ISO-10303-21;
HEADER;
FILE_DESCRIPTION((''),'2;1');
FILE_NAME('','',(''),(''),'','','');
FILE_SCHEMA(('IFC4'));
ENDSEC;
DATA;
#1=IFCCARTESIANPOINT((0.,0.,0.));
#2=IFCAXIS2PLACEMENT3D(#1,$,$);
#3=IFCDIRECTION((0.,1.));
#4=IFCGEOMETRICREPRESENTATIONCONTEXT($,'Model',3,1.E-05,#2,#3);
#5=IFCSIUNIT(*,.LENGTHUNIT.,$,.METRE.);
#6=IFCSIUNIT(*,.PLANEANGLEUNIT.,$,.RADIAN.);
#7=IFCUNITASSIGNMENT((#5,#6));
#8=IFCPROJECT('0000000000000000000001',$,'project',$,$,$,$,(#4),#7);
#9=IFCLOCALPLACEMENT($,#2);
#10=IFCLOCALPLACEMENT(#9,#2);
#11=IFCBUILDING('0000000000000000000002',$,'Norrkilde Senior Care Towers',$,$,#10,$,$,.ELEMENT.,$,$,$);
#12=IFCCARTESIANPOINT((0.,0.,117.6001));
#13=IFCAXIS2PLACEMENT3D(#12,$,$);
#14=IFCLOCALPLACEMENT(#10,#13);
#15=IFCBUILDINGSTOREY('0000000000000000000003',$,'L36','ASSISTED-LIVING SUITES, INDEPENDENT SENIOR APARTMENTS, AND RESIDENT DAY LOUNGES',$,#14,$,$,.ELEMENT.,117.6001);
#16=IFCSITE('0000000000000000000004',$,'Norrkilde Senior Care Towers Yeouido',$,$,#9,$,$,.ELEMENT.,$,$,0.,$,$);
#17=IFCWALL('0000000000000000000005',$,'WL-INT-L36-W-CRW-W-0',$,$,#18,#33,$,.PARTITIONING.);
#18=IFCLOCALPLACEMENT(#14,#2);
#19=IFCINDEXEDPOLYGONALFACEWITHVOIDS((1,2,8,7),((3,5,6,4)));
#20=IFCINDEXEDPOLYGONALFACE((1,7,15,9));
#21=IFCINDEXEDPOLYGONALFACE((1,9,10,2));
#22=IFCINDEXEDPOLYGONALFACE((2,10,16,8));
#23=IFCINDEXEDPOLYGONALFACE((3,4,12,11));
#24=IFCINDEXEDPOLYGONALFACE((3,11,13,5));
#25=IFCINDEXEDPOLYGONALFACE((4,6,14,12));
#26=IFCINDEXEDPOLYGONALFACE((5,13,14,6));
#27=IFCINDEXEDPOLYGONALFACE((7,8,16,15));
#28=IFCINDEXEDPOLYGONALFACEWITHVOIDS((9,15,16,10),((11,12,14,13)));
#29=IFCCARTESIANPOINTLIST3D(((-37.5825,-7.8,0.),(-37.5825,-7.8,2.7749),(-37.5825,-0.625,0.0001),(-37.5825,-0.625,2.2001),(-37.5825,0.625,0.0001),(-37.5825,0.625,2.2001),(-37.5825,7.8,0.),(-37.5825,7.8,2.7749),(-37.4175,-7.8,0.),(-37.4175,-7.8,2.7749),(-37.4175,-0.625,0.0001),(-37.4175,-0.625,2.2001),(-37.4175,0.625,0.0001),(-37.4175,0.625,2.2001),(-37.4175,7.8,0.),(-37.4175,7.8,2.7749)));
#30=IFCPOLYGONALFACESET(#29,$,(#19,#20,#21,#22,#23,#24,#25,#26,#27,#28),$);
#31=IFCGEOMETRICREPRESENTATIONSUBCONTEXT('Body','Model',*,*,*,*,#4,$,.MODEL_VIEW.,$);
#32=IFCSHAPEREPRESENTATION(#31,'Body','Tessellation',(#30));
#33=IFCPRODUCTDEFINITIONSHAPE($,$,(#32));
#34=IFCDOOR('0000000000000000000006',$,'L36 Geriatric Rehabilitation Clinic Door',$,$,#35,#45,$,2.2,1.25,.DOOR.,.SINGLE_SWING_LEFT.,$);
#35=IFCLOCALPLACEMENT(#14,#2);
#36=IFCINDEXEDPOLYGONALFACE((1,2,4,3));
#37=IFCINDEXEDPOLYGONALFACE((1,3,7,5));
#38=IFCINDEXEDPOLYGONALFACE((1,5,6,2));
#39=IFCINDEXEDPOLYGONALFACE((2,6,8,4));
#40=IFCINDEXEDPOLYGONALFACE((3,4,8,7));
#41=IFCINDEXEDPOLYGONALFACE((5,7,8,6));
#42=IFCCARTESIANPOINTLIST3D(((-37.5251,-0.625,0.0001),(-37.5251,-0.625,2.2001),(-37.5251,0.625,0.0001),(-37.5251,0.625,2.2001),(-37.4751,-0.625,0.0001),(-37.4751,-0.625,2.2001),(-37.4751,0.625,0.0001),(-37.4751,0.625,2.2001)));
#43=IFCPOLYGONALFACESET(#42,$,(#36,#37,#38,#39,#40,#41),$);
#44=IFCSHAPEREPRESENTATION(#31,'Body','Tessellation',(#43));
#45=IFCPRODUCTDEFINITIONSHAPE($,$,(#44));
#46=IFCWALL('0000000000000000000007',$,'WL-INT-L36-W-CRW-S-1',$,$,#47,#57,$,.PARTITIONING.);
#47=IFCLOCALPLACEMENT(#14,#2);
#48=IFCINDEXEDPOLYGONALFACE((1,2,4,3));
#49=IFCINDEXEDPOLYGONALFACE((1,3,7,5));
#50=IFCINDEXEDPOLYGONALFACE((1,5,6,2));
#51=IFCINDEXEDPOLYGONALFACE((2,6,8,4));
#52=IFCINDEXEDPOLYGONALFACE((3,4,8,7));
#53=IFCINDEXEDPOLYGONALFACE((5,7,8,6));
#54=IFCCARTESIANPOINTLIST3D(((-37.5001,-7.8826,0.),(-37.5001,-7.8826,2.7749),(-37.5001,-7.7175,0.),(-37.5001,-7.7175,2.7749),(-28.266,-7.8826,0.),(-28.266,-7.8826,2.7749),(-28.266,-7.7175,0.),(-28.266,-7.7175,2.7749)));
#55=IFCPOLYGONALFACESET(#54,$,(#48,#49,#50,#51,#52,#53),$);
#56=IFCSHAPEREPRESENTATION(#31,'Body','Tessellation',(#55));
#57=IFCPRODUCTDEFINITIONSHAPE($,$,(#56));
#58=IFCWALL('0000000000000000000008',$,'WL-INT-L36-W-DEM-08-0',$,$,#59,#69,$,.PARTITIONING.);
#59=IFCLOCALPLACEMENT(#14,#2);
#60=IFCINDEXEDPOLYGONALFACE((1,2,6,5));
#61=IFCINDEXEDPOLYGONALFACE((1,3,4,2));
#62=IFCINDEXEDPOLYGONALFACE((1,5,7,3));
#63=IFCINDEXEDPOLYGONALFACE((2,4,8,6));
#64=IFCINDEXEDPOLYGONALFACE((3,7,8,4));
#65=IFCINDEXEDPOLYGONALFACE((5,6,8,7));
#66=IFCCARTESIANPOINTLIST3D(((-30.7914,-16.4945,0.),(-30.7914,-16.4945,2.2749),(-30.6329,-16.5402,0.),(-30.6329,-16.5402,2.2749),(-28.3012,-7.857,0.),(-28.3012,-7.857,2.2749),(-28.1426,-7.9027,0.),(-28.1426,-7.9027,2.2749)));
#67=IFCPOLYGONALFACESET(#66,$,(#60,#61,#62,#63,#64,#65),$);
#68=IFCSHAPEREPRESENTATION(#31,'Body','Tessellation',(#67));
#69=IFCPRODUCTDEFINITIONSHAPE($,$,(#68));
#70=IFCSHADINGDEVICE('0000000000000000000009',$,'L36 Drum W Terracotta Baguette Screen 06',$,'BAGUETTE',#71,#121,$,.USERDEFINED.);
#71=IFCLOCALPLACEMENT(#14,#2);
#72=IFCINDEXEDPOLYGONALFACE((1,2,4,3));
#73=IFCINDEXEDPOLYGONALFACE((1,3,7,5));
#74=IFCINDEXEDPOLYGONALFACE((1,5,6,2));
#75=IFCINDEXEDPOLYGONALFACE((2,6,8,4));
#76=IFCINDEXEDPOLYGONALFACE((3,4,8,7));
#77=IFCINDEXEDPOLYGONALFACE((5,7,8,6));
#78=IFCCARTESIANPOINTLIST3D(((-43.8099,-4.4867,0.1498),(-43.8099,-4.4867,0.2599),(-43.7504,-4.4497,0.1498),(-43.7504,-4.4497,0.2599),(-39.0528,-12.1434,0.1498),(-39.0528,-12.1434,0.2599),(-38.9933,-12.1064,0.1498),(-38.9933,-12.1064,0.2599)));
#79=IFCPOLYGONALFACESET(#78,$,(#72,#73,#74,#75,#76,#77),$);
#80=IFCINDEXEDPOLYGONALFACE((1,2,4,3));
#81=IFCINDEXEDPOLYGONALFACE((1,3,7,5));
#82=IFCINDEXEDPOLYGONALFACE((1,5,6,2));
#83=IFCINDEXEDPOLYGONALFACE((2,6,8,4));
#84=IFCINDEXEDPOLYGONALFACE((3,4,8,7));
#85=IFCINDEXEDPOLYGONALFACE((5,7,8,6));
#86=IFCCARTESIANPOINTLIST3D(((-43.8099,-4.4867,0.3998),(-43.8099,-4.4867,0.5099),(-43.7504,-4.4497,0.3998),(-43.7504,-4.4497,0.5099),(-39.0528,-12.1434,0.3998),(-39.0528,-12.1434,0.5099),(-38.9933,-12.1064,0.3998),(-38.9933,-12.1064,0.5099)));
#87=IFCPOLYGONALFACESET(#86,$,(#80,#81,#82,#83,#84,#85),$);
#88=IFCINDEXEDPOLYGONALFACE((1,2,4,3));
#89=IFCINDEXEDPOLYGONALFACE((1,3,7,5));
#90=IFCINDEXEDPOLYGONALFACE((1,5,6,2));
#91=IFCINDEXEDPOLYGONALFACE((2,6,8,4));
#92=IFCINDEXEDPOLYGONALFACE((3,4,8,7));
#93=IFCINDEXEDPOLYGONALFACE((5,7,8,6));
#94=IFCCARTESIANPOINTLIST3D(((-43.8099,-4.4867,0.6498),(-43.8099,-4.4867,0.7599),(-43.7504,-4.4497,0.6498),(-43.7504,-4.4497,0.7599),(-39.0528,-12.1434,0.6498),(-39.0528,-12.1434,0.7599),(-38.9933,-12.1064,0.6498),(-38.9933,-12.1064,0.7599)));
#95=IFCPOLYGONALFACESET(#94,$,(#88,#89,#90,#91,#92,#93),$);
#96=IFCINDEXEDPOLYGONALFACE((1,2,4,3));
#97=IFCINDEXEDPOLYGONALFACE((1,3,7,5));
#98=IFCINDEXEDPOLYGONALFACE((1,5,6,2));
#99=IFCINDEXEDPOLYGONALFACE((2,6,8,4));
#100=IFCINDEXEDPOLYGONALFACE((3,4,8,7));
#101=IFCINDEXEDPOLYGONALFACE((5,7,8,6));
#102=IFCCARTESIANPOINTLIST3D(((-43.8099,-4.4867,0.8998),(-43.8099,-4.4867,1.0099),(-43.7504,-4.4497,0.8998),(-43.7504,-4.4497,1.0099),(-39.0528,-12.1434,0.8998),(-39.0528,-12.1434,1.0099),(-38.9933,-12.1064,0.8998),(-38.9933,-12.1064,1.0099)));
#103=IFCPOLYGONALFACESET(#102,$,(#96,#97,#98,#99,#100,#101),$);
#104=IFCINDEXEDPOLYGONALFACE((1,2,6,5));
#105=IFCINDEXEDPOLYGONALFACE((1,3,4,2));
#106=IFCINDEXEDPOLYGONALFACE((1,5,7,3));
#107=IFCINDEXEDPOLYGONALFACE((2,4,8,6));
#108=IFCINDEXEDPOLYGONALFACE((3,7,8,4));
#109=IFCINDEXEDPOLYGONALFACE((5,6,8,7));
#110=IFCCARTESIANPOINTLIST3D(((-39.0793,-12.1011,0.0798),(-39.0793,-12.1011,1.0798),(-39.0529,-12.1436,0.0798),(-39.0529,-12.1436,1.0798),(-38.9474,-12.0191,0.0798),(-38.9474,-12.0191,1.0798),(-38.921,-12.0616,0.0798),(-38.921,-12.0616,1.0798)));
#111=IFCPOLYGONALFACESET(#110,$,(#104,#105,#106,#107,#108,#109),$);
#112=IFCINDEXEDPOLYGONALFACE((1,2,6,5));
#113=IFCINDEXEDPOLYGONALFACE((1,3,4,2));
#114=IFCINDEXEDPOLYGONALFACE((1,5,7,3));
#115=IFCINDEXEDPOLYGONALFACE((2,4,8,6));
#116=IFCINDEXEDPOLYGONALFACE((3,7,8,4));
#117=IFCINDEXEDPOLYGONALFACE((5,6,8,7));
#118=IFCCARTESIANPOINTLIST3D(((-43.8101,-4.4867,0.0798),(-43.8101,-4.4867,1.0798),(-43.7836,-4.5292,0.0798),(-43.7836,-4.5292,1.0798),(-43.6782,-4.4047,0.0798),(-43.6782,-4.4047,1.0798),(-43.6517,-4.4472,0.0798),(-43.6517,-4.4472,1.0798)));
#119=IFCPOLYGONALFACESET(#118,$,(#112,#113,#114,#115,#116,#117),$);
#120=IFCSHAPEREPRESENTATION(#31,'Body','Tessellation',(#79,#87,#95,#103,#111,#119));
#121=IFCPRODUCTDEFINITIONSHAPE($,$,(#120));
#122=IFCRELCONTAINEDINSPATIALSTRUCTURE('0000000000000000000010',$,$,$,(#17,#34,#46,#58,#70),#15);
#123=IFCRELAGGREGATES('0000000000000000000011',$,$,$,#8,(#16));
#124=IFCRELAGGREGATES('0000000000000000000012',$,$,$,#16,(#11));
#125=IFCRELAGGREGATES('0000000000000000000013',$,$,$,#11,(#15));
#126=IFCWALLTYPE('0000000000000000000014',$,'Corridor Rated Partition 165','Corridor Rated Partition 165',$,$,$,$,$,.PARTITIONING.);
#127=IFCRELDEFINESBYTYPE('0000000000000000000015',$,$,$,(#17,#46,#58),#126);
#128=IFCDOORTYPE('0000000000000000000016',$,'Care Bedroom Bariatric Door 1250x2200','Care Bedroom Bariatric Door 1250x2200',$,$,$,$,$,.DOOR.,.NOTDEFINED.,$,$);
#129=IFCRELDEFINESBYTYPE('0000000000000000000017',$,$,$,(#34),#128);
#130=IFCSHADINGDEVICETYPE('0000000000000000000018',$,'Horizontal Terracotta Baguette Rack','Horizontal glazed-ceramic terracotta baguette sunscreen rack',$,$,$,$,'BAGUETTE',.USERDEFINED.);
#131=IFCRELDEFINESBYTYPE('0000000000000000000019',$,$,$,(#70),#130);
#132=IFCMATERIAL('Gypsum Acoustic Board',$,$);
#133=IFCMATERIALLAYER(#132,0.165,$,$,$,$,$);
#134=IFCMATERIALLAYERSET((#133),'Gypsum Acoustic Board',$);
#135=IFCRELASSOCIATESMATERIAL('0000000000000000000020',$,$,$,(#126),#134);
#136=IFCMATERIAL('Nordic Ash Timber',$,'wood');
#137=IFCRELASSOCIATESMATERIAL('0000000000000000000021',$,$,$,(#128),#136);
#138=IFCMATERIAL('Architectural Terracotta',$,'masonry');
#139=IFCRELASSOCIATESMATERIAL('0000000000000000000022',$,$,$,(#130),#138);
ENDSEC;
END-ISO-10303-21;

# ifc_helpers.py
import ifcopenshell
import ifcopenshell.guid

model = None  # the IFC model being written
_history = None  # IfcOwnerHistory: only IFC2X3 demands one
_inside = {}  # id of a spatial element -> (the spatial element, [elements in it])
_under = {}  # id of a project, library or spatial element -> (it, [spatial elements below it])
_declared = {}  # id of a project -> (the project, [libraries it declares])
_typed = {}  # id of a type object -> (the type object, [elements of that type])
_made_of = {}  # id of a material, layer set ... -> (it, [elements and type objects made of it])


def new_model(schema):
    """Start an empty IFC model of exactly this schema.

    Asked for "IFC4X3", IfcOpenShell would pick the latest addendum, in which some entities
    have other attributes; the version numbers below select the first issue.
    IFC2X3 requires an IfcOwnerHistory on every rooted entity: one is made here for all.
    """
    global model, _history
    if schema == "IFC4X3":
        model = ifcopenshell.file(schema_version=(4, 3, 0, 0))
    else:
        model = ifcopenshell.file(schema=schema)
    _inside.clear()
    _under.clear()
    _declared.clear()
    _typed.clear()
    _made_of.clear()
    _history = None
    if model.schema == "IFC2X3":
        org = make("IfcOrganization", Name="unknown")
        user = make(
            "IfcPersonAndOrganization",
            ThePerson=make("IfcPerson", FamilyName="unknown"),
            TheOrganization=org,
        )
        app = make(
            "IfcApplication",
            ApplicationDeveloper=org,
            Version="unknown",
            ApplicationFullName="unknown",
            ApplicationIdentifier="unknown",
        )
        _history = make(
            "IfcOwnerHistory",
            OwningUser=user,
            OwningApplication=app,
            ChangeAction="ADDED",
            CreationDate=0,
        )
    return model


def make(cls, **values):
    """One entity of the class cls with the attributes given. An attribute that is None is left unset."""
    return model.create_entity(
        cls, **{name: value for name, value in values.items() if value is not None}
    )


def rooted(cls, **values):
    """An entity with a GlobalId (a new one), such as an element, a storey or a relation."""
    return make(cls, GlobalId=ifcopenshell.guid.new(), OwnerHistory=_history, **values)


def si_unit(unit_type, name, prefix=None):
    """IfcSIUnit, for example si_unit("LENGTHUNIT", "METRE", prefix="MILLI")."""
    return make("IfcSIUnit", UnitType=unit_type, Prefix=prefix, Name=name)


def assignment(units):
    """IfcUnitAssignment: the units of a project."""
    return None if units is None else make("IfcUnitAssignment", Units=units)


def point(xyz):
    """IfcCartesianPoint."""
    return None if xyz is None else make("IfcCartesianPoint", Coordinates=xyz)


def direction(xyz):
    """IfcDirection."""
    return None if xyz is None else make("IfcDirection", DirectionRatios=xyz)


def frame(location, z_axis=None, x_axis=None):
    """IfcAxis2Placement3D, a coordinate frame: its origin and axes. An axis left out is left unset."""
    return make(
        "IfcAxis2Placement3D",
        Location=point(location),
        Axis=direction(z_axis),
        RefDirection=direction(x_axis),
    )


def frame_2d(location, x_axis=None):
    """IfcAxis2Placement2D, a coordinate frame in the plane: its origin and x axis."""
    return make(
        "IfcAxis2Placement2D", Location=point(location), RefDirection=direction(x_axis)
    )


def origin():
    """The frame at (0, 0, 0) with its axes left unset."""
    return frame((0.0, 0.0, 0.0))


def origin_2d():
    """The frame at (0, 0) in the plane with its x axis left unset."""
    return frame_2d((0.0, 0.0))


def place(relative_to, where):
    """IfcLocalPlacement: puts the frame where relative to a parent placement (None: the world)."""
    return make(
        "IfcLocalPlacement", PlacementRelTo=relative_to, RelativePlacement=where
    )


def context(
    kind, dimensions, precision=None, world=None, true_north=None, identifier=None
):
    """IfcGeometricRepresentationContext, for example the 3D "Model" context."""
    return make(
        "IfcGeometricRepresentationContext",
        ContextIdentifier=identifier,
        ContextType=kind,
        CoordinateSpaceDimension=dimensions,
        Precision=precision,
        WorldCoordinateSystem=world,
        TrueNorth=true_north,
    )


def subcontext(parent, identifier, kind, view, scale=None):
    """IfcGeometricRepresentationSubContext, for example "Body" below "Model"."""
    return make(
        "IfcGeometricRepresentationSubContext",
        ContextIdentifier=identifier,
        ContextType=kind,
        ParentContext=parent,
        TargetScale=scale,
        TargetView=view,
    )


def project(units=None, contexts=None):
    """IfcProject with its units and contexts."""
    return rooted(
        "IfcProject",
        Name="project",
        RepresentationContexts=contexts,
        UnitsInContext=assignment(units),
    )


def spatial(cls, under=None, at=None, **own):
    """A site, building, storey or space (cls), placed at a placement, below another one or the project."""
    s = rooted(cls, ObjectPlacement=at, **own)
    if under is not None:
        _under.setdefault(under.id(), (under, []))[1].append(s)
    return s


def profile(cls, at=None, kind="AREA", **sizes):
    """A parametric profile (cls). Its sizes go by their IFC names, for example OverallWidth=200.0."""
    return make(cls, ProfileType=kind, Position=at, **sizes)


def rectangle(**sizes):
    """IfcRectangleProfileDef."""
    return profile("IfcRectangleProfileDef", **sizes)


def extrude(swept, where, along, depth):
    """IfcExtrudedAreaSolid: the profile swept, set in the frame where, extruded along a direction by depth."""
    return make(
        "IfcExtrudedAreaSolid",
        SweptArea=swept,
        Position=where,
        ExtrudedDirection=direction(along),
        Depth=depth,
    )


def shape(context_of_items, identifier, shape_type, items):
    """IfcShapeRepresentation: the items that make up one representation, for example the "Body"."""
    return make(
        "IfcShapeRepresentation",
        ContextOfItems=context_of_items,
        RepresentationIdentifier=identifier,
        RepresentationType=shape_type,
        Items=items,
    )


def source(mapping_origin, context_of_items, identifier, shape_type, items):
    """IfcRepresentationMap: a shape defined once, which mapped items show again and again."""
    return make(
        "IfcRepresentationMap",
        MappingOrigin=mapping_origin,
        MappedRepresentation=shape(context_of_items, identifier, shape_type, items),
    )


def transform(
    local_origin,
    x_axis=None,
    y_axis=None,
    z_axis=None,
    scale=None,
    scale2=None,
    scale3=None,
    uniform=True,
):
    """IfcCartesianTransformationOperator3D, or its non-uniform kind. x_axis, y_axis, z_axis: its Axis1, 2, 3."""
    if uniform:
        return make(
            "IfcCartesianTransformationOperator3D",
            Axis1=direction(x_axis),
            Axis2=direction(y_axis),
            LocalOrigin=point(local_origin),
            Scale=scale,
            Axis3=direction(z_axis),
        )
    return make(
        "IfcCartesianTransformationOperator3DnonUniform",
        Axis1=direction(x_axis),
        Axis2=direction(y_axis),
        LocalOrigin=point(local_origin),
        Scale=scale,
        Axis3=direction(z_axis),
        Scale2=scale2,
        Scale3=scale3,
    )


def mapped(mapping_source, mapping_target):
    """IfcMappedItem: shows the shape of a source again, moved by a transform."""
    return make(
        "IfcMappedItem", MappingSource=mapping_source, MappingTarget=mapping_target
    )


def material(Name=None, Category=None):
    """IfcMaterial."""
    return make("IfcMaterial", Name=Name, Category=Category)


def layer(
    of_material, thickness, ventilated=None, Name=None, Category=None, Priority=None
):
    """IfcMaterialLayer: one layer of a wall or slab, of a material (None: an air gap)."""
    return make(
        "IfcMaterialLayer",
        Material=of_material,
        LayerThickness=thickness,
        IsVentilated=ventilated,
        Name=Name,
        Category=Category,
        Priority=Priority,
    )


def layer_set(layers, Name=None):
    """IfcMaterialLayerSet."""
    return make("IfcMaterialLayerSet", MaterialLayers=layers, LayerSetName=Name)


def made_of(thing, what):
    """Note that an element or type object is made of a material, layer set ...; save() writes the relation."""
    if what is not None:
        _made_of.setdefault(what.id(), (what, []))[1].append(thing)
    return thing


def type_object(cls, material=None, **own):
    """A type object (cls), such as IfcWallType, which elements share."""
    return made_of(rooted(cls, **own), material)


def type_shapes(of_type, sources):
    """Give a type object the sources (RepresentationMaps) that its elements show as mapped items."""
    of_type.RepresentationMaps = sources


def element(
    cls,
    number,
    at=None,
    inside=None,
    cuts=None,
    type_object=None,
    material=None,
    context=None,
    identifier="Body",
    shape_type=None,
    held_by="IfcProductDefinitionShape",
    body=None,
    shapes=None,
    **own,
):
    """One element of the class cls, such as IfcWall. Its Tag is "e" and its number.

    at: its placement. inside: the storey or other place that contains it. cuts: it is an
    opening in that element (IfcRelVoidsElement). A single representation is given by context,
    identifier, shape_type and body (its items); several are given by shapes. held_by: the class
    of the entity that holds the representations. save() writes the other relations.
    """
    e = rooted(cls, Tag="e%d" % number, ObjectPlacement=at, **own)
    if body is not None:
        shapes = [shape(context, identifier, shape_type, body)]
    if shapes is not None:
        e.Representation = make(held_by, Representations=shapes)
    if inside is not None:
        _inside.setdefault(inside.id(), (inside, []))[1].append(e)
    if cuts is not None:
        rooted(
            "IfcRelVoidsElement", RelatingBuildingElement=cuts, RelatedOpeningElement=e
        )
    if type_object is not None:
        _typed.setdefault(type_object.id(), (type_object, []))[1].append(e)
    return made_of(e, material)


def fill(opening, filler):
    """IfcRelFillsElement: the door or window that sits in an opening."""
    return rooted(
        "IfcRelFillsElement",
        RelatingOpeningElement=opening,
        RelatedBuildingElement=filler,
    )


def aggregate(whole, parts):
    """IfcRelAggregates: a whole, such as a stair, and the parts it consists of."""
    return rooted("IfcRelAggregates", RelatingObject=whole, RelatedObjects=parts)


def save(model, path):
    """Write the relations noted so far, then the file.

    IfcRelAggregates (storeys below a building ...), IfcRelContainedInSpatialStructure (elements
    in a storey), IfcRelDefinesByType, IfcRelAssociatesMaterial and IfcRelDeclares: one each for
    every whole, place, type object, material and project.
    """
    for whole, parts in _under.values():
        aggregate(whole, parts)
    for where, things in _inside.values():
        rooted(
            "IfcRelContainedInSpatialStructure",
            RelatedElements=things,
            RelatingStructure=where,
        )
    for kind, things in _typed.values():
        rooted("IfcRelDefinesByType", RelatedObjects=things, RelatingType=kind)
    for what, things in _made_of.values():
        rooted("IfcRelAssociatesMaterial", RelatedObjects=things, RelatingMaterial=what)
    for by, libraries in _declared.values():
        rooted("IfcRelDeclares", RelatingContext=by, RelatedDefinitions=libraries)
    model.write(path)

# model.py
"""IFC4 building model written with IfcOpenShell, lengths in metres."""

from ifc_helpers import new_model, si_unit, direction, frame, frame_2d, origin, origin_2d, place, context, subcontext, project, spatial, rectangle, extrude, source, transform, mapped, material, layer, layer_set, type_object, type_shapes, element, fill, save


model = new_model("IFC4")

# Units and contexts
model_context = context("Model", 3, precision=1e-05, world=origin(), true_north=direction((0.0, 1.0)))
body_context = subcontext(model_context, "Body", "Model", "MODEL_VIEW")
ifc_project = project(units=[si_unit("LENGTHUNIT", "METRE"), si_unit("PLANEANGLEUNIT", "RADIAN")], contexts=[model_context])

# Site, building, storey
site_placement = place(None, origin())
site = spatial("IfcSite", under=ifc_project, at=site_placement, Name="Norrkilde Senior Care Towers Yeouido", CompositionType="ELEMENT", RefElevation=0.0)
building_placement = place(site_placement, origin())
building = spatial("IfcBuilding", under=site, at=building_placement, Name="Norrkilde Senior Care Towers", CompositionType="ELEMENT")
storey_placement = place(building_placement, frame((0.0, 0.0, 117.6001)))
storey = spatial("IfcBuildingStorey", under=building, at=storey_placement, Name="L36", Description="ASSISTED-LIVING SUITES, INDEPENDENT SENIOR APARTMENTS, AND RESIDENT DAY LOUNGES", CompositionType="ELEMENT", Elevation=117.6001)

# Wall, opening, door
ifc_material_1 = material(Name="Gypsum Acoustic Board")
ifc_layer_1 = layer(ifc_material_1, 0.165)
ifc_layer_set_1 = layer_set([ifc_layer_1], Name="Gypsum Acoustic Board")
wall_type = type_object("IfcWallType", Name="Corridor Rated Partition 165", Description="Corridor Rated Partition 165", PredefinedType="PARTITIONING", material=ifc_layer_set_1)
shared_shape_1 = source(origin(), body_context, "Body", "SweptSolid", [
    extrude(rectangle(XDim=15.6001, YDim=0.165, at=frame_2d((7.8, 0.0))), origin(), (0.0, 0.0, 1.0), 2.7749),
])
wall_1_placement = place(storey_placement, frame((-37.5, -7.8, 0.0), z_axis=(0.0, 0.0, 1.0), x_axis=(0.0, 1.0, 0.0)))
wall_1 = element("IfcWall", 1, at=wall_1_placement, inside=storey, type_object=wall_type, Name="WL-INT-L36-W-CRW-W-0", PredefinedType="PARTITIONING", context=body_context, shape_type="MappedRepresentation", body=[
    mapped(shared_shape_1, transform((0.0, 0.0, 0.0), x_axis=(1.0, 0.0, 0.0), y_axis=(0.0, 1.0, 0.0), z_axis=(0.0, 0.0, 1.0), scale=1.0)),
])
opening_placement = place(wall_1_placement, frame((7.175, 0.0, 0.0)))
opening = element("IfcOpeningElement", 2, at=opening_placement, cuts=wall_1, PredefinedType="OPENING", context=body_context, shape_type="SweptSolid", body=[
    extrude(rectangle(XDim=1.25, YDim=2.2, at=frame_2d((0.625, 1.1001))), frame((0.0, 0.0925, 0.0), z_axis=(0.0, -1.0, 0.0), x_axis=(1.0, 0.0, 0.0)), (0.0, 0.0, 1.0), 0.1851),
])
ifc_material_2 = material(Name="Nordic Ash Timber", Category="wood")
door_type = type_object("IfcDoorType", Name="Care Bedroom Bariatric Door 1250x2200", Description="Care Bedroom Bariatric Door 1250x2200", OperationType="NOTDEFINED", PredefinedType="DOOR", material=ifc_material_2)
shared_shape_2 = source(origin(), body_context, "Body", "SweptSolid", [
    extrude(rectangle(XDim=1.25, YDim=2.2, at=frame_2d((0.625, 1.1001))), frame((0.0, 0.0249, 0.0), z_axis=(0.0, -1.0, 0.0), x_axis=(1.0, 0.0, 0.0)), (0.0, 0.0, 1.0), 0.05),
])
type_shapes(door_type, [shared_shape_2])
door_placement = place(opening_placement, frame((1.25, 0.0, 0.0), z_axis=(0.0, 0.0, 1.0), x_axis=(-1.0, 0.0, 0.0)))
door = element("IfcDoor", 3, at=door_placement, inside=storey, type_object=door_type, Name="L36 Geriatric Rehabilitation Clinic Door", OperationType="SINGLE_SWING_LEFT", OverallHeight=2.2, OverallWidth=1.25, PredefinedType="DOOR", context=body_context, shape_type="MappedRepresentation", body=[
    mapped(shared_shape_2, transform((0.0, 0.0, 0.0), x_axis=(1.0, 0.0, 0.0), y_axis=(0.0, 1.0, 0.0), z_axis=(0.0, 0.0, 1.0), scale=1.0)),
])
fill(opening, door)

# Walls
shared_shape_3 = source(origin(), body_context, "Body", "SweptSolid", [
    extrude(rectangle(XDim=9.2341, YDim=0.165, at=frame_2d((4.6172, 0.0))), origin(), (0.0, 0.0, 1.0), 2.7749),
])
wall_2_placement = place(storey_placement, frame((-28.2659, -7.8, 0.0), z_axis=(0.0, 0.0, 1.0), x_axis=(-1.0, 0.0, 0.0)))
element("IfcWall", 4, at=wall_2_placement, inside=storey, type_object=wall_type, Name="WL-INT-L36-W-CRW-S-1", PredefinedType="PARTITIONING", context=body_context, shape_type="MappedRepresentation", body=[
    mapped(shared_shape_3, transform((0.0, 0.0, 0.0), x_axis=(1.0, 0.0, 0.0), y_axis=(0.0, 1.0, 0.0), z_axis=(0.0, 0.0, 1.0), scale=1.0)),
])
shared_shape_4 = source(origin(), body_context, "Body", "SweptSolid", [
    extrude(rectangle(XDim=8.9893, YDim=0.165, at=frame_2d((4.4946, 0.0))), origin(), (0.0, 0.0, 1.0), 2.2749),
])
type_shapes(wall_type, [shared_shape_1, shared_shape_3, shared_shape_4])
wall_3_placement = place(storey_placement, frame((-28.2219, -7.8799, 0.0), z_axis=(0.0, 0.0, 1.0), x_axis=(-0.277023, -0.960863, 0.0)))
element("IfcWall", 5, at=wall_3_placement, inside=storey, type_object=wall_type, Name="WL-INT-L36-W-DEM-08-0", PredefinedType="PARTITIONING", context=body_context, shape_type="MappedRepresentation", body=[
    mapped(shared_shape_4, transform((0.0, 0.0, 0.0), x_axis=(1.0, 0.0, 0.0), y_axis=(0.0, 1.0, 0.0), z_axis=(0.0, 0.0, 1.0), scale=1.0)),
])

# Shading device
ifc_material_3 = material(Name="Architectural Terracotta", Category="masonry")
shading_device_type = type_object("IfcShadingDeviceType", Name="Horizontal Terracotta Baguette Rack", Description="Horizontal glazed-ceramic terracotta baguette sunscreen rack", ElementType="BAGUETTE", PredefinedType="USERDEFINED", material=ifc_material_3)
shared_shape_5 = source(origin(), body_context, "Body", "SweptSolid", [
    extrude(rectangle(XDim=0.0701, YDim=0.1101, at=origin_2d()), frame((0.0, 0.0901, 0.125), z_axis=(1.0, 0.0, 0.0), x_axis=(0.0, 1.0, 0.0)), (0.0, 0.0, 1.0), 9.0142),
    extrude(rectangle(XDim=0.0701, YDim=0.1101, at=origin_2d()), frame((0.0, 0.0901, 0.375), z_axis=(1.0, 0.0, 0.0), x_axis=(0.0, 1.0, 0.0)), (0.0, 0.0, 1.0), 9.0142),
    extrude(rectangle(XDim=0.0701, YDim=0.1101, at=origin_2d()), frame((0.0, 0.0901, 0.625), z_axis=(1.0, 0.0, 0.0), x_axis=(0.0, 1.0, 0.0)), (0.0, 0.0, 1.0), 9.0142),
    extrude(rectangle(XDim=0.0701, YDim=0.1101, at=origin_2d()), frame((0.0, 0.0901, 0.875), z_axis=(1.0, 0.0, 0.0), x_axis=(0.0, 1.0, 0.0)), (0.0, 0.0, 1.0), 9.0142),
    extrude(rectangle(XDim=0.05, YDim=0.1553, at=origin_2d()), frame((0.0249, 0.0476, 0.0)), (0.0, 0.0, 1.0), 1.0),
    extrude(rectangle(XDim=0.05, YDim=0.1553, at=origin_2d()), frame((8.9893, 0.0476, 0.0)), (0.0, 0.0, 1.0), 1.0),
])
type_shapes(shading_device_type, [shared_shape_5])
shading_device_placement = place(storey_placement, frame((-38.9465, -12.0774, 0.0798), z_axis=(0.0, 0.0, 1.0), x_axis=(-0.527734, 0.849412, 0.0)))
element("IfcShadingDevice", 6, at=shading_device_placement, inside=storey, type_object=shading_device_type, Name="L36 Drum W Terracotta Baguette Screen 06", ObjectType="BAGUETTE", PredefinedType="USERDEFINED", context=body_context, shape_type="MappedRepresentation", body=[
    mapped(shared_shape_5, transform((0.0, 0.0, 0.0), x_axis=(1.0, 0.0, 0.0), y_axis=(0.0, 1.0, 0.0), z_axis=(0.0, 0.0, 1.0), scale=1.0)),
])

save(model, "model.ifc")
